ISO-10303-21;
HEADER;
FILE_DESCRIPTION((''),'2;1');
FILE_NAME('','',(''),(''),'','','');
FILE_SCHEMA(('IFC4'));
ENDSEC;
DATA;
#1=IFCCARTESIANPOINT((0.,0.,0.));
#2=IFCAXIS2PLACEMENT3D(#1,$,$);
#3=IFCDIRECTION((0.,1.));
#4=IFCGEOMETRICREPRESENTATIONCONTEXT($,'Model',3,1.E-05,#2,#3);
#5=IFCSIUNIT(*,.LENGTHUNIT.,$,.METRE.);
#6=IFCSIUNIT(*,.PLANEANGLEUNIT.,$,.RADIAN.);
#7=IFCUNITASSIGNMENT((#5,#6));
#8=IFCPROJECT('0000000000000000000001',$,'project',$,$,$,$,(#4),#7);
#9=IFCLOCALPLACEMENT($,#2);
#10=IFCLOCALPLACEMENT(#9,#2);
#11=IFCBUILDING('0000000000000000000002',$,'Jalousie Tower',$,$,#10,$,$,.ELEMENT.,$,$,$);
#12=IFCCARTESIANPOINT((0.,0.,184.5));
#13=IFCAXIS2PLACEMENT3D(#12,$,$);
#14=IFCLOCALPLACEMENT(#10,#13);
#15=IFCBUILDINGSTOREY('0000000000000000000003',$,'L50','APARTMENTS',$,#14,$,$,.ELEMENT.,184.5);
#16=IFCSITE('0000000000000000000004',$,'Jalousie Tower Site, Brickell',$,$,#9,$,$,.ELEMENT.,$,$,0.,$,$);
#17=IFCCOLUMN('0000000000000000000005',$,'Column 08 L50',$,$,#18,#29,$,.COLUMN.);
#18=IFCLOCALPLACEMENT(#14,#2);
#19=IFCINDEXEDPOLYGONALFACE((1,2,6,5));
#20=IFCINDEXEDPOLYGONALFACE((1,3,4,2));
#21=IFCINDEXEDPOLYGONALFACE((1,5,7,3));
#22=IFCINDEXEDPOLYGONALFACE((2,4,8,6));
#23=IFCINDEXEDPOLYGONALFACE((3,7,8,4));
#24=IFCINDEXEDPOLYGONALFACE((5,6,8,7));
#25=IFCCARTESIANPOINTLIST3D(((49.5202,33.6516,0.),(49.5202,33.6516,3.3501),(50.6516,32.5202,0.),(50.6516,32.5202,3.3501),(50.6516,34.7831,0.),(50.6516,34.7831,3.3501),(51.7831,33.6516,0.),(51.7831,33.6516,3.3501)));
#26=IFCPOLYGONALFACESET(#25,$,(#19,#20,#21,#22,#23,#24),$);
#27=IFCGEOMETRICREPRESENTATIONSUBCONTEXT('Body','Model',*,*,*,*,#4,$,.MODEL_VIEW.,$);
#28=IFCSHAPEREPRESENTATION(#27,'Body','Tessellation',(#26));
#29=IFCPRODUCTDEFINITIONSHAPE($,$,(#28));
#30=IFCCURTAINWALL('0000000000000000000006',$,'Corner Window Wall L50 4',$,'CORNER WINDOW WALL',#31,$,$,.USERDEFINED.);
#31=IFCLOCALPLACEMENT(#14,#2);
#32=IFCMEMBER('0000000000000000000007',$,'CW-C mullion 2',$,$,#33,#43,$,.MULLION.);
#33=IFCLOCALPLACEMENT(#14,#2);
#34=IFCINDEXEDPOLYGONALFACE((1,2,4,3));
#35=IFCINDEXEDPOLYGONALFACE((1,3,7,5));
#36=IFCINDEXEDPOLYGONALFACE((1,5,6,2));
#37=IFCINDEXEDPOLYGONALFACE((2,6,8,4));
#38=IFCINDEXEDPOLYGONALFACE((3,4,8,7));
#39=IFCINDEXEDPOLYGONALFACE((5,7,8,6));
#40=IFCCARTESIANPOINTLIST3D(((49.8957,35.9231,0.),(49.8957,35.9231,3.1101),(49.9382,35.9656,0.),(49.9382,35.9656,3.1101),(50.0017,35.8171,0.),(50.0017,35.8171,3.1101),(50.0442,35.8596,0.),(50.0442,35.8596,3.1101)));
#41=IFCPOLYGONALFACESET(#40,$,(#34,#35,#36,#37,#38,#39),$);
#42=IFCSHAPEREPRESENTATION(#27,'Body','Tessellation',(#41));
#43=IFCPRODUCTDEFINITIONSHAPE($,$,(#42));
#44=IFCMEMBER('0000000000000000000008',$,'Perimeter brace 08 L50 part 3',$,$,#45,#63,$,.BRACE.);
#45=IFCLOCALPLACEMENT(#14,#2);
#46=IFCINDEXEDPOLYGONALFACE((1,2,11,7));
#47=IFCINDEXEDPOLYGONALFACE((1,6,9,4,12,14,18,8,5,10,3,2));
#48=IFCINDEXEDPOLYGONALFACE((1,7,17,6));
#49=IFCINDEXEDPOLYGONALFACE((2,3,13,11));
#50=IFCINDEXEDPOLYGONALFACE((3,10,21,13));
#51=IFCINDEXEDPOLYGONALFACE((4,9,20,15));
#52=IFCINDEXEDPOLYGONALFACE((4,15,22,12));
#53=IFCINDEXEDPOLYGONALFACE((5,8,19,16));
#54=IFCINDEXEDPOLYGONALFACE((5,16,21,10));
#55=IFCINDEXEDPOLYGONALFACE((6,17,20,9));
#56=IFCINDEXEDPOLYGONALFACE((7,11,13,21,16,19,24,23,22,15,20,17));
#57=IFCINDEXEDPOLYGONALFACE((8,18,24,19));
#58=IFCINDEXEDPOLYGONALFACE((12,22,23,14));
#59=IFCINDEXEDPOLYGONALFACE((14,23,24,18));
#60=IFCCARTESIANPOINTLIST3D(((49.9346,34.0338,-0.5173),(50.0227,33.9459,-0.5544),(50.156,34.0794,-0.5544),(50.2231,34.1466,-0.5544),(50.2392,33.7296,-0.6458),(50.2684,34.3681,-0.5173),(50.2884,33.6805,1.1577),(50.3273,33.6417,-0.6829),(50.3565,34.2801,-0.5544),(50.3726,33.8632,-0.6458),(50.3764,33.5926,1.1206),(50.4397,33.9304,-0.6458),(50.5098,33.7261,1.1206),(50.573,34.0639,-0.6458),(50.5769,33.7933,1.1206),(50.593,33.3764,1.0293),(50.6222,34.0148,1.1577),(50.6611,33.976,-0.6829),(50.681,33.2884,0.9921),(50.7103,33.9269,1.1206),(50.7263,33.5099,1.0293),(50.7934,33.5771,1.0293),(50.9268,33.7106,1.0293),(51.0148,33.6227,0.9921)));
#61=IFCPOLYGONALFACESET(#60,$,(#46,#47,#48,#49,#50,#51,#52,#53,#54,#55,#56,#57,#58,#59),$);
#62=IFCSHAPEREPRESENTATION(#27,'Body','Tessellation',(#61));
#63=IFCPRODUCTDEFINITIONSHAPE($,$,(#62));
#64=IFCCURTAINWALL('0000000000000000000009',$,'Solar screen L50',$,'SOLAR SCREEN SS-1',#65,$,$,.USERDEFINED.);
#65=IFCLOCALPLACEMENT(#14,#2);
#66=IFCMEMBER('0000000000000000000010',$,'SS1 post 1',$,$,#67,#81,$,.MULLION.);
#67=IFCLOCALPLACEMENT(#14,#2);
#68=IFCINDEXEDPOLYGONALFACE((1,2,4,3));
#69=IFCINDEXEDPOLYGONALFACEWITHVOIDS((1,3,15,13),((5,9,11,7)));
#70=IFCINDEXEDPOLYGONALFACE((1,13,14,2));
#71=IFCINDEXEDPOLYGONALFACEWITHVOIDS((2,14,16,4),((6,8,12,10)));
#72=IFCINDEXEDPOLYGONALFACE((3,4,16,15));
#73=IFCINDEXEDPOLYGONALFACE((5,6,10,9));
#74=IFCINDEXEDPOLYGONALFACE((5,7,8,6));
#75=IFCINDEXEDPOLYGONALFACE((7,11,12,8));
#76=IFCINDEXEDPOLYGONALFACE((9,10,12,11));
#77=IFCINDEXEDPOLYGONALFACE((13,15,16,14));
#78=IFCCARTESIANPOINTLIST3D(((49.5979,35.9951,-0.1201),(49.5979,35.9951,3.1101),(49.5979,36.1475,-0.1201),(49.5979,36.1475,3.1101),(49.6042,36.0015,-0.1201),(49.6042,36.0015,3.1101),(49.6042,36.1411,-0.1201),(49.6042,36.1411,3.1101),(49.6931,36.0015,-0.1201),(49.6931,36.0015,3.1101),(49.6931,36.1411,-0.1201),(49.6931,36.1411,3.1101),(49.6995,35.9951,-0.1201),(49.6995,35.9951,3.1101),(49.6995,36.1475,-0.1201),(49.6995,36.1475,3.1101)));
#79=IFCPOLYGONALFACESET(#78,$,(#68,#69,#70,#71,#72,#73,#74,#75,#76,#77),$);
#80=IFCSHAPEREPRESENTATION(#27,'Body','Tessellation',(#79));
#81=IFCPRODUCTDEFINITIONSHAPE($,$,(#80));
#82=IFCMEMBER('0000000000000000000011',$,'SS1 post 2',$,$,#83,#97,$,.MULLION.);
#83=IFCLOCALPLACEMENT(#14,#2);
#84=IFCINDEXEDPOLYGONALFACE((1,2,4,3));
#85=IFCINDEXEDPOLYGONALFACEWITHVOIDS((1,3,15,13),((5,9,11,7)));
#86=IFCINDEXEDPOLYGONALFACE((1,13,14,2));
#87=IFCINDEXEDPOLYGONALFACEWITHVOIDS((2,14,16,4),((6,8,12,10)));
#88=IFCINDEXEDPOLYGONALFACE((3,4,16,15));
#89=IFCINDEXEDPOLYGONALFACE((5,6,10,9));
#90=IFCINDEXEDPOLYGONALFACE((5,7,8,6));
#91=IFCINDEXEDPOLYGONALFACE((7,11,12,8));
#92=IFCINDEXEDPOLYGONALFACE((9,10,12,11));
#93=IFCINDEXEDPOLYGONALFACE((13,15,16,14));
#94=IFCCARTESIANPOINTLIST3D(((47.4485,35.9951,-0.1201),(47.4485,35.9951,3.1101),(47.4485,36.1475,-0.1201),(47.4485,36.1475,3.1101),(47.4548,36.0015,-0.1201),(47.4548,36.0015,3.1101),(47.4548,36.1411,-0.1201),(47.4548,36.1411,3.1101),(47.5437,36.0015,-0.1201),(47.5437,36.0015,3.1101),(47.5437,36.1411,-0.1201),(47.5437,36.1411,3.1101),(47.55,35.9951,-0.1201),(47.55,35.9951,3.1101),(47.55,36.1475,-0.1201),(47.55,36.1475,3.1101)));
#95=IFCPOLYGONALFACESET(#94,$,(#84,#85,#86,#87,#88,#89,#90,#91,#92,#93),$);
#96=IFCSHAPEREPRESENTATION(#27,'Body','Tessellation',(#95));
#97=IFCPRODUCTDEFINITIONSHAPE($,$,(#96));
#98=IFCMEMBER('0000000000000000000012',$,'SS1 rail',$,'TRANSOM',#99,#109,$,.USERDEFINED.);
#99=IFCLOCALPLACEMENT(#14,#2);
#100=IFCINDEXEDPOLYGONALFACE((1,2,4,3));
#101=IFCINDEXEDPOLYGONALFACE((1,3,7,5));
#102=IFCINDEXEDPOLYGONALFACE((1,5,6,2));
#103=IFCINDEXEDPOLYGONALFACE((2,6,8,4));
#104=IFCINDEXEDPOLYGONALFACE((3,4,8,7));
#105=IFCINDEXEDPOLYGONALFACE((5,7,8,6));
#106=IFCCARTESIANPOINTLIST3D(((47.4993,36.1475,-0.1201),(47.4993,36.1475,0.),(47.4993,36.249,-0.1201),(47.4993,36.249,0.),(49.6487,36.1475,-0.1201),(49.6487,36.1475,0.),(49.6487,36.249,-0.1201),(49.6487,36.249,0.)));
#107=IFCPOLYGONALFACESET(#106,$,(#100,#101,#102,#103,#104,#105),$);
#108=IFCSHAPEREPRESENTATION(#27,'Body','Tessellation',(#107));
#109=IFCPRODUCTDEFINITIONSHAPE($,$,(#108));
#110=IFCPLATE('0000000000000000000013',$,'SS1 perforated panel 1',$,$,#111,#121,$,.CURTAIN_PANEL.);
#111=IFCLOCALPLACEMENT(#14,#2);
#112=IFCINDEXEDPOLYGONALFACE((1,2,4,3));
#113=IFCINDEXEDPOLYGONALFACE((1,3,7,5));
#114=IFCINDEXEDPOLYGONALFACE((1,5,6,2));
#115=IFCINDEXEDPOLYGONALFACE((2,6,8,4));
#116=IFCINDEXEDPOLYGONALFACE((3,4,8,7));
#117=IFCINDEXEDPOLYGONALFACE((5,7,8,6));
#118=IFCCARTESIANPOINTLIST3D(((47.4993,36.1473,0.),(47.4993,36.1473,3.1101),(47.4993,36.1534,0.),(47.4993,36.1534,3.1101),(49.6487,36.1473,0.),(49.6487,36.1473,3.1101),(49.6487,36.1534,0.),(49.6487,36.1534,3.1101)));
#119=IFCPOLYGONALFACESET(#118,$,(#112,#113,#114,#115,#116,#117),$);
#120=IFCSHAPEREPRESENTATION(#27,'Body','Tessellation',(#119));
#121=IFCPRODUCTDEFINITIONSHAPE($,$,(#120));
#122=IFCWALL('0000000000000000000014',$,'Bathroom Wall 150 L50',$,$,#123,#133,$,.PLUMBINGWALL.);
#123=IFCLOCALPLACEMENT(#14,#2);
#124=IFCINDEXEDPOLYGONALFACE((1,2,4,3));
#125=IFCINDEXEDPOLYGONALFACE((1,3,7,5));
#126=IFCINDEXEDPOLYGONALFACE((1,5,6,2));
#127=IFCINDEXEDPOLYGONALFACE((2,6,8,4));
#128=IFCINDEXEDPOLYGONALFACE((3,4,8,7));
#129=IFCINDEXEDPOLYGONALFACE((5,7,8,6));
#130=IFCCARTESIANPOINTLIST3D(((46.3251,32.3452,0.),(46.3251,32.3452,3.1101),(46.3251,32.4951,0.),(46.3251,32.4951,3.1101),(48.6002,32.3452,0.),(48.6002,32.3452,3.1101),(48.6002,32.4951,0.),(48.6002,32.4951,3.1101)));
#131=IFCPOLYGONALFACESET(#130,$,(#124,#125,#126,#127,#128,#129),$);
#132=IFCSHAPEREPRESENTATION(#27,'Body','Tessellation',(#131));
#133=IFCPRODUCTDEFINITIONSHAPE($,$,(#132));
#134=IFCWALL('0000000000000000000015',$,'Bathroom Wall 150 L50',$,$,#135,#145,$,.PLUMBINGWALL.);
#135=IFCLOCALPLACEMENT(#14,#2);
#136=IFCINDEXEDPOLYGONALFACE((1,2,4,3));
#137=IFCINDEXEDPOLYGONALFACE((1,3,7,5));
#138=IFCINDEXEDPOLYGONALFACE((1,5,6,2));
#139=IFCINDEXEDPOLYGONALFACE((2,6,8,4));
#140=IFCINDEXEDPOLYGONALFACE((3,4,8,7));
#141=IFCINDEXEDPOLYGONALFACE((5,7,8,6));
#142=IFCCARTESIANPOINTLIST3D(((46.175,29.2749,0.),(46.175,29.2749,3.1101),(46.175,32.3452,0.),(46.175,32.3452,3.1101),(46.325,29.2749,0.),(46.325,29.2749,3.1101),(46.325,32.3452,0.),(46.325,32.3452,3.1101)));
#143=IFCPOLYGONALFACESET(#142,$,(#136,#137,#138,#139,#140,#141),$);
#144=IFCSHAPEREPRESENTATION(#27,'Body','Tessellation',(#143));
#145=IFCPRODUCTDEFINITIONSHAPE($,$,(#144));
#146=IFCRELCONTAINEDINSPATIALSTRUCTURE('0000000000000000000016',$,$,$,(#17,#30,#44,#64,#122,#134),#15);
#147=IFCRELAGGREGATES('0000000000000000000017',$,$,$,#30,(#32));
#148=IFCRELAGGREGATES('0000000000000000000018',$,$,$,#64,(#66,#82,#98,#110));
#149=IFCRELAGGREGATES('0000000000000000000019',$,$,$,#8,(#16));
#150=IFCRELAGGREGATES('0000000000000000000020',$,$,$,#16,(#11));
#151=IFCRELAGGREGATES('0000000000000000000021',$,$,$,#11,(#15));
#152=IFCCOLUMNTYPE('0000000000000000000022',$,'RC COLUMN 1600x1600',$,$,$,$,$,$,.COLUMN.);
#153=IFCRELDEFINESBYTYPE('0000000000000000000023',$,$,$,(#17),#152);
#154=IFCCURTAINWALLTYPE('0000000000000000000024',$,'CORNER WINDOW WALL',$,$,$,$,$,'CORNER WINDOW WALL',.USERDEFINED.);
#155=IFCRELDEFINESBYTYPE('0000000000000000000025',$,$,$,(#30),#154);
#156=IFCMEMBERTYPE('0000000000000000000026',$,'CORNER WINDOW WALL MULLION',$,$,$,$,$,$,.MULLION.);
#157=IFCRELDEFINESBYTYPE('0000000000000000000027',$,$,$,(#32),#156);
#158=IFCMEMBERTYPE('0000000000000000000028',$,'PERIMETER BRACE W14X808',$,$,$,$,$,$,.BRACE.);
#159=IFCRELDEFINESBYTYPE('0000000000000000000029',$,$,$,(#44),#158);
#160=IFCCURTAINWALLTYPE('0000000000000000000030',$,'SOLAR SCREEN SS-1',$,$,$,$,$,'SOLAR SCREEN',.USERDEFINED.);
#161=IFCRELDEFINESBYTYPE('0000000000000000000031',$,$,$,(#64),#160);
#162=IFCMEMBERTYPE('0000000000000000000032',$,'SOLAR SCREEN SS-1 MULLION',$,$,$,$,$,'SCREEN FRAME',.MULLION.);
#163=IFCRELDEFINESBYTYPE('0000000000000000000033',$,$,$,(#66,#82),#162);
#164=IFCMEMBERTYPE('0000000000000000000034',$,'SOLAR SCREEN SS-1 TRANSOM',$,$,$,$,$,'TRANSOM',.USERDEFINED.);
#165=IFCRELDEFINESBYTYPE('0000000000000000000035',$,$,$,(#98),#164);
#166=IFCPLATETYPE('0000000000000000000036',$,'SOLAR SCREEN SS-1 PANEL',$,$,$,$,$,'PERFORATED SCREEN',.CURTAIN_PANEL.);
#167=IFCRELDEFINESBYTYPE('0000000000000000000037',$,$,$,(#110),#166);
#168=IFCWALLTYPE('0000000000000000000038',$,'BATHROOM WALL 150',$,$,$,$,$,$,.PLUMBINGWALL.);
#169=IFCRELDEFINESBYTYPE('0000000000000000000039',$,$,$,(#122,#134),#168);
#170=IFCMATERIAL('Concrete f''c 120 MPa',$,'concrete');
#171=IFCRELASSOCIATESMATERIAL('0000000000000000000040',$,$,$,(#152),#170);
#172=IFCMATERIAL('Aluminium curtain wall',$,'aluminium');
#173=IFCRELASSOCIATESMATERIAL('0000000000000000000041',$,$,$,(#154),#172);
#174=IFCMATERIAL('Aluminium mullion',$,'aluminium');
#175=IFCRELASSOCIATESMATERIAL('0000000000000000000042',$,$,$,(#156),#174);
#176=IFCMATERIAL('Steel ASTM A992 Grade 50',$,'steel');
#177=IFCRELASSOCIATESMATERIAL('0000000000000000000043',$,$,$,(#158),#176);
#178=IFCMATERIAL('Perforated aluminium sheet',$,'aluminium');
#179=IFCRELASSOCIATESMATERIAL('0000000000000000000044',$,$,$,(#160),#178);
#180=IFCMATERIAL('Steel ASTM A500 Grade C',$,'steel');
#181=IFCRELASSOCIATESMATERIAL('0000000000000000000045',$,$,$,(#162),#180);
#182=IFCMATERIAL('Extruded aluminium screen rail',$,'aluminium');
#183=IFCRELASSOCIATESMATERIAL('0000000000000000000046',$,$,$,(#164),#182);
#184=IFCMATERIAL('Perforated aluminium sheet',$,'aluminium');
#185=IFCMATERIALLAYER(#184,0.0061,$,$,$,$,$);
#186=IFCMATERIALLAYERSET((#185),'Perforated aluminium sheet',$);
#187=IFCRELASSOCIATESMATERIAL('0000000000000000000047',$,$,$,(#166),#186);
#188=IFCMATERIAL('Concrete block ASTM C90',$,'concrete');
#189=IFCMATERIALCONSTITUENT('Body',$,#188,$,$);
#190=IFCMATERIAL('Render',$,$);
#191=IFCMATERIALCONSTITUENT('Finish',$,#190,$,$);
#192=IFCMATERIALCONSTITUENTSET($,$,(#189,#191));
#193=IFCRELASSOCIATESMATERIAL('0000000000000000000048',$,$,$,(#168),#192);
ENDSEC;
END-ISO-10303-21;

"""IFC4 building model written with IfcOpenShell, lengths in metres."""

from ifc_helpers import new_model, si_unit, direction, frame, frame_2d, origin, origin_2d, place, context, subcontext, project, spatial, rectangle, hollow_rectangle, i_section, extrude, material, layer, layer_set, constituent, constituent_set, material_profile, profile_set, type_object, element, aggregate, save


model = new_model("IFC4")

# Units and contexts
model_context = context("Model", 3, precision=1e-05, world=origin(), true_north=direction((0.0, 1.0)))
body_context = subcontext(model_context, "Body", "Model", "MODEL_VIEW")
ifc_project = project(units=[si_unit("LENGTHUNIT", "METRE"), si_unit("PLANEANGLEUNIT", "RADIAN")], contexts=[model_context])

# Site, building, storey
site_placement = place(None, origin())
site = spatial("IfcSite", under=ifc_project, at=site_placement, Name="Jalousie Tower Site, Brickell", CompositionType="ELEMENT", RefElevation=0.0)
building_placement = place(site_placement, origin())
building = spatial("IfcBuilding", under=site, at=building_placement, Name="Jalousie Tower", CompositionType="ELEMENT")
storey_placement = place(building_placement, frame((0.0, 0.0, 184.5)))
storey = spatial("IfcBuildingStorey", under=building, at=storey_placement, Name="L50", Description="APARTMENTS", CompositionType="ELEMENT", Elevation=184.5)

# Column
ifc_material_1 = material(Name="Concrete f'c 120 MPa", Category="concrete")
ifc_material_profile_1 = material_profile(ifc_material_1, rectangle(XDim=1.6001, YDim=1.6001, at=origin_2d()), Name="RC 1600x1600")
ifc_profile_set_1 = profile_set([ifc_material_profile_1], Name="Concrete f'c 120 MPa")
column_type = type_object("IfcColumnType", Name="RC COLUMN 1600x1600", PredefinedType="COLUMN", material=ifc_profile_set_1)
column_placement = place(storey_placement, frame((50.6516, 33.6516, 0.0), z_axis=(0.0, 0.0, 1.0), x_axis=(0.707107, 0.707107, 0.0)))
element("IfcColumn", 1, at=column_placement, inside=storey, type_object=column_type, Name="Column 08 L50", PredefinedType="COLUMN", context=body_context, shape_type="SweptSolid", body=[
    extrude(rectangle(XDim=1.6001, YDim=1.6001, at=origin_2d()), origin(), (0.0, 0.0, 1.0), 3.3501),
])

# Curtain wall, member
ifc_material_2 = material(Name="Aluminium curtain wall", Category="aluminium")
curtain_wall_type_1 = type_object("IfcCurtainWallType", Name="CORNER WINDOW WALL", ElementType="CORNER WINDOW WALL", PredefinedType="USERDEFINED", material=ifc_material_2)
curtain_wall_1_placement = place(storey_placement, origin())
curtain_wall_1 = element("IfcCurtainWall", 2, at=curtain_wall_1_placement, inside=storey, type_object=curtain_wall_type_1, Name="Corner Window Wall L50 4", ObjectType="CORNER WINDOW WALL", PredefinedType="USERDEFINED")
ifc_material_3 = material(Name="Aluminium mullion", Category="aluminium")
ifc_material_profile_2 = material_profile(ifc_material_3, rectangle(XDim=0.0601, YDim=0.1499, at=origin_2d()), Name="MULLION 60x150")
ifc_profile_set_2 = profile_set([ifc_material_profile_2], Name="Aluminium mullion")
member_type_1 = type_object("IfcMemberType", Name="CORNER WINDOW WALL MULLION", PredefinedType="MULLION", material=ifc_profile_set_2)
member_1_placement = place(storey_placement, frame((49.97, 35.8914, 0.0), z_axis=(0.0, 0.0, 1.0), x_axis=(-0.707107, -0.707107, 0.0)))
member_1 = element("IfcMember", 3, at=member_1_placement, type_object=member_type_1, Name="CW-C mullion 2", PredefinedType="MULLION", context=body_context, shape_type="SweptSolid", body=[
    extrude(rectangle(XDim=0.0601, YDim=0.1499, at=origin_2d()), origin(), (0.0, 0.0, 1.0), 3.1101),
])
aggregate(curtain_wall_1, [member_1])

# Member
ifc_material_4 = material(Name="Steel ASTM A992 Grade 50", Category="steel")
ifc_material_profile_3 = material_profile(ifc_material_4, i_section(OverallWidth=0.4724, OverallDepth=0.5791, WebThickness=0.095, FlangeThickness=0.1299, at=origin_2d()), Name="W14X808")
ifc_profile_set_3 = profile_set([ifc_material_profile_3], Name="Steel ASTM A992 Grade 50")
member_type_2 = type_object("IfcMemberType", Name="PERIMETER BRACE W14X808", PredefinedType="BRACE", material=ifc_profile_set_3)
member_2_placement = place(storey_placement, frame((50.2979, 34.0049, -0.6001), z_axis=(0.202372, -0.202093, 0.95823), x_axis=(0.706618, 0.707595, 0.0)))
element("IfcMember", 4, at=member_2_placement, inside=storey, type_object=member_type_2, Name="Perimeter brace 08 L50 part 3", PredefinedType="BRACE", context=body_context, shape_type="SweptSolid", body=[
    extrude(i_section(OverallWidth=0.4724, OverallDepth=0.5791, WebThickness=0.095, FlangeThickness=0.1299, at=origin_2d()), origin(), (0.0, 0.0, 1.0), 1.748),
])

# Curtain wall, members, plate
ifc_material_5 = material(Name="Perforated aluminium sheet", Category="aluminium")
curtain_wall_type_2 = type_object("IfcCurtainWallType", Name="SOLAR SCREEN SS-1", ElementType="SOLAR SCREEN", PredefinedType="USERDEFINED", material=ifc_material_5)
curtain_wall_2_placement = place(storey_placement, origin())
curtain_wall_2 = element("IfcCurtainWall", 5, at=curtain_wall_2_placement, inside=storey, type_object=curtain_wall_type_2, Name="Solar screen L50", ObjectType="SOLAR SCREEN SS-1", PredefinedType="USERDEFINED")
ifc_material_6 = material(Name="Steel ASTM A500 Grade C", Category="steel")
ifc_material_profile_4 = material_profile(ifc_material_6, hollow_rectangle(XDim=0.1016, YDim=0.1523, WallThickness=0.0063, at=origin_2d()), Name="HSS6X4X1/4")
ifc_profile_set_4 = profile_set([ifc_material_profile_4], Name="Steel ASTM A500 Grade C")
member_type_3 = type_object("IfcMemberType", Name="SOLAR SCREEN SS-1 MULLION", ElementType="SCREEN FRAME", PredefinedType="MULLION", material=ifc_profile_set_4)
member_3_placement = place(storey_placement, frame((49.6487, 36.0713, -0.1201), z_axis=(0.0, 0.0, 1.0), x_axis=(-1.0, 0.0, 0.0)))
member_3 = element("IfcMember", 6, at=member_3_placement, type_object=member_type_3, Name="SS1 post 1", PredefinedType="MULLION", context=body_context, shape_type="SweptSolid", body=[
    extrude(hollow_rectangle(XDim=0.1016, YDim=0.1523, WallThickness=0.0063, at=origin_2d()), origin(), (0.0, 0.0, 1.0), 3.2302),
])
member_4_placement = place(storey_placement, frame((47.4993, 36.0713, -0.1201), z_axis=(0.0, 0.0, 1.0), x_axis=(-1.0, 0.0, 0.0)))
member_4 = element("IfcMember", 7, at=member_4_placement, type_object=member_type_3, Name="SS1 post 2", PredefinedType="MULLION", context=body_context, shape_type="SweptSolid", body=[
    extrude(hollow_rectangle(XDim=0.1016, YDim=0.1523, WallThickness=0.0063, at=origin_2d()), origin(), (0.0, 0.0, 1.0), 3.2302),
])
ifc_material_7 = material(Name="Extruded aluminium screen rail", Category="aluminium")
ifc_material_profile_5 = material_profile(ifc_material_7, rectangle(XDim=0.1016, YDim=0.1201, at=origin_2d()), Name="RAIL 102x120")
ifc_profile_set_5 = profile_set([ifc_material_profile_5], Name="Extruded aluminium screen rail")
member_type_4 = type_object("IfcMemberType", Name="SOLAR SCREEN SS-1 TRANSOM", ElementType="TRANSOM", PredefinedType="USERDEFINED", material=ifc_profile_set_5)
member_5_placement = place(storey_placement, frame((49.6487, 36.1982, -0.0601), z_axis=(-1.0, 0.0, 0.0), x_axis=(0.0, -1.0, 0.0)))
member_5 = element("IfcMember", 8, at=member_5_placement, type_object=member_type_4, Name="SS1 rail", ObjectType="TRANSOM", PredefinedType="USERDEFINED", context=body_context, shape_type="SweptSolid", body=[
    extrude(rectangle(XDim=0.1016, YDim=0.1201, at=origin_2d()), origin(), (0.0, 0.0, 1.0), 2.1494),
])
ifc_material_8 = material(Name="Perforated aluminium sheet", Category="aluminium")
ifc_layer = layer(ifc_material_8, 0.0061)
ifc_layer_set = layer_set([ifc_layer], Name="Perforated aluminium sheet")
plate_type = type_object("IfcPlateType", Name="SOLAR SCREEN SS-1 PANEL", ElementType="PERFORATED SCREEN", PredefinedType="CURTAIN_PANEL", material=ifc_layer_set)
plate_placement = place(storey_placement, frame((48.574, 36.1504, 0.0), z_axis=(0.0, 0.0, 1.0), x_axis=(-1.0, 0.0, 0.0)))
plate = element("IfcPlate", 9, at=plate_placement, type_object=plate_type, Name="SS1 perforated panel 1", PredefinedType="CURTAIN_PANEL", context=body_context, shape_type="SweptSolid", body=[
    extrude(rectangle(XDim=2.1494, YDim=0.0061, at=origin_2d()), origin(), (0.0, 0.0, 1.0), 3.1101),
])
aggregate(curtain_wall_2, [member_3, member_4, member_5, plate])

# Walls
ifc_material_9 = material(Name="Concrete block ASTM C90", Category="concrete")
ifc_constituent_1 = constituent(ifc_material_9, Name="Body")
ifc_material_10 = material(Name="Render")
ifc_constituent_2 = constituent(ifc_material_10, Name="Finish")
ifc_constituent_set_1 = constituent_set(constituents=[ifc_constituent_1, ifc_constituent_2])
wall_type_1 = type_object("IfcWallType", Name="BATHROOM WALL 150", PredefinedType="PLUMBINGWALL", material=ifc_constituent_set_1)
wall_1_placement = place(storey_placement, frame((46.325, 32.4202, 0.0), z_axis=(0.0, 0.0, 1.0), x_axis=(1.0, 0.0, 0.0)))
element("IfcWall", 10, at=wall_1_placement, inside=storey, type_object=wall_type_1, Name="Bathroom Wall 150 L50", PredefinedType="PLUMBINGWALL", context=body_context, shape_type="SweptSolid", body=[
    extrude(rectangle(XDim=2.2751, YDim=0.1499, at=frame_2d((1.1377, 0.0))), origin(), (0.0, 0.0, 1.0), 3.1101),
])
wall_2_placement = place(storey_placement, frame((46.25, 32.3452, 0.0), z_axis=(0.0, 0.0, 1.0), x_axis=(0.0, -1.0, 0.0)))
element("IfcWall", 11, at=wall_2_placement, inside=storey, type_object=wall_type_1, Name="Bathroom Wall 150 L50", PredefinedType="PLUMBINGWALL", context=body_context, shape_type="SweptSolid", body=[
    extrude(rectangle(XDim=3.0703, YDim=0.1499, at=frame_2d((1.5352, 0.0))), origin(), (0.0, 0.0, 1.0), 3.1101),
])

save(model, "model.ifc")
